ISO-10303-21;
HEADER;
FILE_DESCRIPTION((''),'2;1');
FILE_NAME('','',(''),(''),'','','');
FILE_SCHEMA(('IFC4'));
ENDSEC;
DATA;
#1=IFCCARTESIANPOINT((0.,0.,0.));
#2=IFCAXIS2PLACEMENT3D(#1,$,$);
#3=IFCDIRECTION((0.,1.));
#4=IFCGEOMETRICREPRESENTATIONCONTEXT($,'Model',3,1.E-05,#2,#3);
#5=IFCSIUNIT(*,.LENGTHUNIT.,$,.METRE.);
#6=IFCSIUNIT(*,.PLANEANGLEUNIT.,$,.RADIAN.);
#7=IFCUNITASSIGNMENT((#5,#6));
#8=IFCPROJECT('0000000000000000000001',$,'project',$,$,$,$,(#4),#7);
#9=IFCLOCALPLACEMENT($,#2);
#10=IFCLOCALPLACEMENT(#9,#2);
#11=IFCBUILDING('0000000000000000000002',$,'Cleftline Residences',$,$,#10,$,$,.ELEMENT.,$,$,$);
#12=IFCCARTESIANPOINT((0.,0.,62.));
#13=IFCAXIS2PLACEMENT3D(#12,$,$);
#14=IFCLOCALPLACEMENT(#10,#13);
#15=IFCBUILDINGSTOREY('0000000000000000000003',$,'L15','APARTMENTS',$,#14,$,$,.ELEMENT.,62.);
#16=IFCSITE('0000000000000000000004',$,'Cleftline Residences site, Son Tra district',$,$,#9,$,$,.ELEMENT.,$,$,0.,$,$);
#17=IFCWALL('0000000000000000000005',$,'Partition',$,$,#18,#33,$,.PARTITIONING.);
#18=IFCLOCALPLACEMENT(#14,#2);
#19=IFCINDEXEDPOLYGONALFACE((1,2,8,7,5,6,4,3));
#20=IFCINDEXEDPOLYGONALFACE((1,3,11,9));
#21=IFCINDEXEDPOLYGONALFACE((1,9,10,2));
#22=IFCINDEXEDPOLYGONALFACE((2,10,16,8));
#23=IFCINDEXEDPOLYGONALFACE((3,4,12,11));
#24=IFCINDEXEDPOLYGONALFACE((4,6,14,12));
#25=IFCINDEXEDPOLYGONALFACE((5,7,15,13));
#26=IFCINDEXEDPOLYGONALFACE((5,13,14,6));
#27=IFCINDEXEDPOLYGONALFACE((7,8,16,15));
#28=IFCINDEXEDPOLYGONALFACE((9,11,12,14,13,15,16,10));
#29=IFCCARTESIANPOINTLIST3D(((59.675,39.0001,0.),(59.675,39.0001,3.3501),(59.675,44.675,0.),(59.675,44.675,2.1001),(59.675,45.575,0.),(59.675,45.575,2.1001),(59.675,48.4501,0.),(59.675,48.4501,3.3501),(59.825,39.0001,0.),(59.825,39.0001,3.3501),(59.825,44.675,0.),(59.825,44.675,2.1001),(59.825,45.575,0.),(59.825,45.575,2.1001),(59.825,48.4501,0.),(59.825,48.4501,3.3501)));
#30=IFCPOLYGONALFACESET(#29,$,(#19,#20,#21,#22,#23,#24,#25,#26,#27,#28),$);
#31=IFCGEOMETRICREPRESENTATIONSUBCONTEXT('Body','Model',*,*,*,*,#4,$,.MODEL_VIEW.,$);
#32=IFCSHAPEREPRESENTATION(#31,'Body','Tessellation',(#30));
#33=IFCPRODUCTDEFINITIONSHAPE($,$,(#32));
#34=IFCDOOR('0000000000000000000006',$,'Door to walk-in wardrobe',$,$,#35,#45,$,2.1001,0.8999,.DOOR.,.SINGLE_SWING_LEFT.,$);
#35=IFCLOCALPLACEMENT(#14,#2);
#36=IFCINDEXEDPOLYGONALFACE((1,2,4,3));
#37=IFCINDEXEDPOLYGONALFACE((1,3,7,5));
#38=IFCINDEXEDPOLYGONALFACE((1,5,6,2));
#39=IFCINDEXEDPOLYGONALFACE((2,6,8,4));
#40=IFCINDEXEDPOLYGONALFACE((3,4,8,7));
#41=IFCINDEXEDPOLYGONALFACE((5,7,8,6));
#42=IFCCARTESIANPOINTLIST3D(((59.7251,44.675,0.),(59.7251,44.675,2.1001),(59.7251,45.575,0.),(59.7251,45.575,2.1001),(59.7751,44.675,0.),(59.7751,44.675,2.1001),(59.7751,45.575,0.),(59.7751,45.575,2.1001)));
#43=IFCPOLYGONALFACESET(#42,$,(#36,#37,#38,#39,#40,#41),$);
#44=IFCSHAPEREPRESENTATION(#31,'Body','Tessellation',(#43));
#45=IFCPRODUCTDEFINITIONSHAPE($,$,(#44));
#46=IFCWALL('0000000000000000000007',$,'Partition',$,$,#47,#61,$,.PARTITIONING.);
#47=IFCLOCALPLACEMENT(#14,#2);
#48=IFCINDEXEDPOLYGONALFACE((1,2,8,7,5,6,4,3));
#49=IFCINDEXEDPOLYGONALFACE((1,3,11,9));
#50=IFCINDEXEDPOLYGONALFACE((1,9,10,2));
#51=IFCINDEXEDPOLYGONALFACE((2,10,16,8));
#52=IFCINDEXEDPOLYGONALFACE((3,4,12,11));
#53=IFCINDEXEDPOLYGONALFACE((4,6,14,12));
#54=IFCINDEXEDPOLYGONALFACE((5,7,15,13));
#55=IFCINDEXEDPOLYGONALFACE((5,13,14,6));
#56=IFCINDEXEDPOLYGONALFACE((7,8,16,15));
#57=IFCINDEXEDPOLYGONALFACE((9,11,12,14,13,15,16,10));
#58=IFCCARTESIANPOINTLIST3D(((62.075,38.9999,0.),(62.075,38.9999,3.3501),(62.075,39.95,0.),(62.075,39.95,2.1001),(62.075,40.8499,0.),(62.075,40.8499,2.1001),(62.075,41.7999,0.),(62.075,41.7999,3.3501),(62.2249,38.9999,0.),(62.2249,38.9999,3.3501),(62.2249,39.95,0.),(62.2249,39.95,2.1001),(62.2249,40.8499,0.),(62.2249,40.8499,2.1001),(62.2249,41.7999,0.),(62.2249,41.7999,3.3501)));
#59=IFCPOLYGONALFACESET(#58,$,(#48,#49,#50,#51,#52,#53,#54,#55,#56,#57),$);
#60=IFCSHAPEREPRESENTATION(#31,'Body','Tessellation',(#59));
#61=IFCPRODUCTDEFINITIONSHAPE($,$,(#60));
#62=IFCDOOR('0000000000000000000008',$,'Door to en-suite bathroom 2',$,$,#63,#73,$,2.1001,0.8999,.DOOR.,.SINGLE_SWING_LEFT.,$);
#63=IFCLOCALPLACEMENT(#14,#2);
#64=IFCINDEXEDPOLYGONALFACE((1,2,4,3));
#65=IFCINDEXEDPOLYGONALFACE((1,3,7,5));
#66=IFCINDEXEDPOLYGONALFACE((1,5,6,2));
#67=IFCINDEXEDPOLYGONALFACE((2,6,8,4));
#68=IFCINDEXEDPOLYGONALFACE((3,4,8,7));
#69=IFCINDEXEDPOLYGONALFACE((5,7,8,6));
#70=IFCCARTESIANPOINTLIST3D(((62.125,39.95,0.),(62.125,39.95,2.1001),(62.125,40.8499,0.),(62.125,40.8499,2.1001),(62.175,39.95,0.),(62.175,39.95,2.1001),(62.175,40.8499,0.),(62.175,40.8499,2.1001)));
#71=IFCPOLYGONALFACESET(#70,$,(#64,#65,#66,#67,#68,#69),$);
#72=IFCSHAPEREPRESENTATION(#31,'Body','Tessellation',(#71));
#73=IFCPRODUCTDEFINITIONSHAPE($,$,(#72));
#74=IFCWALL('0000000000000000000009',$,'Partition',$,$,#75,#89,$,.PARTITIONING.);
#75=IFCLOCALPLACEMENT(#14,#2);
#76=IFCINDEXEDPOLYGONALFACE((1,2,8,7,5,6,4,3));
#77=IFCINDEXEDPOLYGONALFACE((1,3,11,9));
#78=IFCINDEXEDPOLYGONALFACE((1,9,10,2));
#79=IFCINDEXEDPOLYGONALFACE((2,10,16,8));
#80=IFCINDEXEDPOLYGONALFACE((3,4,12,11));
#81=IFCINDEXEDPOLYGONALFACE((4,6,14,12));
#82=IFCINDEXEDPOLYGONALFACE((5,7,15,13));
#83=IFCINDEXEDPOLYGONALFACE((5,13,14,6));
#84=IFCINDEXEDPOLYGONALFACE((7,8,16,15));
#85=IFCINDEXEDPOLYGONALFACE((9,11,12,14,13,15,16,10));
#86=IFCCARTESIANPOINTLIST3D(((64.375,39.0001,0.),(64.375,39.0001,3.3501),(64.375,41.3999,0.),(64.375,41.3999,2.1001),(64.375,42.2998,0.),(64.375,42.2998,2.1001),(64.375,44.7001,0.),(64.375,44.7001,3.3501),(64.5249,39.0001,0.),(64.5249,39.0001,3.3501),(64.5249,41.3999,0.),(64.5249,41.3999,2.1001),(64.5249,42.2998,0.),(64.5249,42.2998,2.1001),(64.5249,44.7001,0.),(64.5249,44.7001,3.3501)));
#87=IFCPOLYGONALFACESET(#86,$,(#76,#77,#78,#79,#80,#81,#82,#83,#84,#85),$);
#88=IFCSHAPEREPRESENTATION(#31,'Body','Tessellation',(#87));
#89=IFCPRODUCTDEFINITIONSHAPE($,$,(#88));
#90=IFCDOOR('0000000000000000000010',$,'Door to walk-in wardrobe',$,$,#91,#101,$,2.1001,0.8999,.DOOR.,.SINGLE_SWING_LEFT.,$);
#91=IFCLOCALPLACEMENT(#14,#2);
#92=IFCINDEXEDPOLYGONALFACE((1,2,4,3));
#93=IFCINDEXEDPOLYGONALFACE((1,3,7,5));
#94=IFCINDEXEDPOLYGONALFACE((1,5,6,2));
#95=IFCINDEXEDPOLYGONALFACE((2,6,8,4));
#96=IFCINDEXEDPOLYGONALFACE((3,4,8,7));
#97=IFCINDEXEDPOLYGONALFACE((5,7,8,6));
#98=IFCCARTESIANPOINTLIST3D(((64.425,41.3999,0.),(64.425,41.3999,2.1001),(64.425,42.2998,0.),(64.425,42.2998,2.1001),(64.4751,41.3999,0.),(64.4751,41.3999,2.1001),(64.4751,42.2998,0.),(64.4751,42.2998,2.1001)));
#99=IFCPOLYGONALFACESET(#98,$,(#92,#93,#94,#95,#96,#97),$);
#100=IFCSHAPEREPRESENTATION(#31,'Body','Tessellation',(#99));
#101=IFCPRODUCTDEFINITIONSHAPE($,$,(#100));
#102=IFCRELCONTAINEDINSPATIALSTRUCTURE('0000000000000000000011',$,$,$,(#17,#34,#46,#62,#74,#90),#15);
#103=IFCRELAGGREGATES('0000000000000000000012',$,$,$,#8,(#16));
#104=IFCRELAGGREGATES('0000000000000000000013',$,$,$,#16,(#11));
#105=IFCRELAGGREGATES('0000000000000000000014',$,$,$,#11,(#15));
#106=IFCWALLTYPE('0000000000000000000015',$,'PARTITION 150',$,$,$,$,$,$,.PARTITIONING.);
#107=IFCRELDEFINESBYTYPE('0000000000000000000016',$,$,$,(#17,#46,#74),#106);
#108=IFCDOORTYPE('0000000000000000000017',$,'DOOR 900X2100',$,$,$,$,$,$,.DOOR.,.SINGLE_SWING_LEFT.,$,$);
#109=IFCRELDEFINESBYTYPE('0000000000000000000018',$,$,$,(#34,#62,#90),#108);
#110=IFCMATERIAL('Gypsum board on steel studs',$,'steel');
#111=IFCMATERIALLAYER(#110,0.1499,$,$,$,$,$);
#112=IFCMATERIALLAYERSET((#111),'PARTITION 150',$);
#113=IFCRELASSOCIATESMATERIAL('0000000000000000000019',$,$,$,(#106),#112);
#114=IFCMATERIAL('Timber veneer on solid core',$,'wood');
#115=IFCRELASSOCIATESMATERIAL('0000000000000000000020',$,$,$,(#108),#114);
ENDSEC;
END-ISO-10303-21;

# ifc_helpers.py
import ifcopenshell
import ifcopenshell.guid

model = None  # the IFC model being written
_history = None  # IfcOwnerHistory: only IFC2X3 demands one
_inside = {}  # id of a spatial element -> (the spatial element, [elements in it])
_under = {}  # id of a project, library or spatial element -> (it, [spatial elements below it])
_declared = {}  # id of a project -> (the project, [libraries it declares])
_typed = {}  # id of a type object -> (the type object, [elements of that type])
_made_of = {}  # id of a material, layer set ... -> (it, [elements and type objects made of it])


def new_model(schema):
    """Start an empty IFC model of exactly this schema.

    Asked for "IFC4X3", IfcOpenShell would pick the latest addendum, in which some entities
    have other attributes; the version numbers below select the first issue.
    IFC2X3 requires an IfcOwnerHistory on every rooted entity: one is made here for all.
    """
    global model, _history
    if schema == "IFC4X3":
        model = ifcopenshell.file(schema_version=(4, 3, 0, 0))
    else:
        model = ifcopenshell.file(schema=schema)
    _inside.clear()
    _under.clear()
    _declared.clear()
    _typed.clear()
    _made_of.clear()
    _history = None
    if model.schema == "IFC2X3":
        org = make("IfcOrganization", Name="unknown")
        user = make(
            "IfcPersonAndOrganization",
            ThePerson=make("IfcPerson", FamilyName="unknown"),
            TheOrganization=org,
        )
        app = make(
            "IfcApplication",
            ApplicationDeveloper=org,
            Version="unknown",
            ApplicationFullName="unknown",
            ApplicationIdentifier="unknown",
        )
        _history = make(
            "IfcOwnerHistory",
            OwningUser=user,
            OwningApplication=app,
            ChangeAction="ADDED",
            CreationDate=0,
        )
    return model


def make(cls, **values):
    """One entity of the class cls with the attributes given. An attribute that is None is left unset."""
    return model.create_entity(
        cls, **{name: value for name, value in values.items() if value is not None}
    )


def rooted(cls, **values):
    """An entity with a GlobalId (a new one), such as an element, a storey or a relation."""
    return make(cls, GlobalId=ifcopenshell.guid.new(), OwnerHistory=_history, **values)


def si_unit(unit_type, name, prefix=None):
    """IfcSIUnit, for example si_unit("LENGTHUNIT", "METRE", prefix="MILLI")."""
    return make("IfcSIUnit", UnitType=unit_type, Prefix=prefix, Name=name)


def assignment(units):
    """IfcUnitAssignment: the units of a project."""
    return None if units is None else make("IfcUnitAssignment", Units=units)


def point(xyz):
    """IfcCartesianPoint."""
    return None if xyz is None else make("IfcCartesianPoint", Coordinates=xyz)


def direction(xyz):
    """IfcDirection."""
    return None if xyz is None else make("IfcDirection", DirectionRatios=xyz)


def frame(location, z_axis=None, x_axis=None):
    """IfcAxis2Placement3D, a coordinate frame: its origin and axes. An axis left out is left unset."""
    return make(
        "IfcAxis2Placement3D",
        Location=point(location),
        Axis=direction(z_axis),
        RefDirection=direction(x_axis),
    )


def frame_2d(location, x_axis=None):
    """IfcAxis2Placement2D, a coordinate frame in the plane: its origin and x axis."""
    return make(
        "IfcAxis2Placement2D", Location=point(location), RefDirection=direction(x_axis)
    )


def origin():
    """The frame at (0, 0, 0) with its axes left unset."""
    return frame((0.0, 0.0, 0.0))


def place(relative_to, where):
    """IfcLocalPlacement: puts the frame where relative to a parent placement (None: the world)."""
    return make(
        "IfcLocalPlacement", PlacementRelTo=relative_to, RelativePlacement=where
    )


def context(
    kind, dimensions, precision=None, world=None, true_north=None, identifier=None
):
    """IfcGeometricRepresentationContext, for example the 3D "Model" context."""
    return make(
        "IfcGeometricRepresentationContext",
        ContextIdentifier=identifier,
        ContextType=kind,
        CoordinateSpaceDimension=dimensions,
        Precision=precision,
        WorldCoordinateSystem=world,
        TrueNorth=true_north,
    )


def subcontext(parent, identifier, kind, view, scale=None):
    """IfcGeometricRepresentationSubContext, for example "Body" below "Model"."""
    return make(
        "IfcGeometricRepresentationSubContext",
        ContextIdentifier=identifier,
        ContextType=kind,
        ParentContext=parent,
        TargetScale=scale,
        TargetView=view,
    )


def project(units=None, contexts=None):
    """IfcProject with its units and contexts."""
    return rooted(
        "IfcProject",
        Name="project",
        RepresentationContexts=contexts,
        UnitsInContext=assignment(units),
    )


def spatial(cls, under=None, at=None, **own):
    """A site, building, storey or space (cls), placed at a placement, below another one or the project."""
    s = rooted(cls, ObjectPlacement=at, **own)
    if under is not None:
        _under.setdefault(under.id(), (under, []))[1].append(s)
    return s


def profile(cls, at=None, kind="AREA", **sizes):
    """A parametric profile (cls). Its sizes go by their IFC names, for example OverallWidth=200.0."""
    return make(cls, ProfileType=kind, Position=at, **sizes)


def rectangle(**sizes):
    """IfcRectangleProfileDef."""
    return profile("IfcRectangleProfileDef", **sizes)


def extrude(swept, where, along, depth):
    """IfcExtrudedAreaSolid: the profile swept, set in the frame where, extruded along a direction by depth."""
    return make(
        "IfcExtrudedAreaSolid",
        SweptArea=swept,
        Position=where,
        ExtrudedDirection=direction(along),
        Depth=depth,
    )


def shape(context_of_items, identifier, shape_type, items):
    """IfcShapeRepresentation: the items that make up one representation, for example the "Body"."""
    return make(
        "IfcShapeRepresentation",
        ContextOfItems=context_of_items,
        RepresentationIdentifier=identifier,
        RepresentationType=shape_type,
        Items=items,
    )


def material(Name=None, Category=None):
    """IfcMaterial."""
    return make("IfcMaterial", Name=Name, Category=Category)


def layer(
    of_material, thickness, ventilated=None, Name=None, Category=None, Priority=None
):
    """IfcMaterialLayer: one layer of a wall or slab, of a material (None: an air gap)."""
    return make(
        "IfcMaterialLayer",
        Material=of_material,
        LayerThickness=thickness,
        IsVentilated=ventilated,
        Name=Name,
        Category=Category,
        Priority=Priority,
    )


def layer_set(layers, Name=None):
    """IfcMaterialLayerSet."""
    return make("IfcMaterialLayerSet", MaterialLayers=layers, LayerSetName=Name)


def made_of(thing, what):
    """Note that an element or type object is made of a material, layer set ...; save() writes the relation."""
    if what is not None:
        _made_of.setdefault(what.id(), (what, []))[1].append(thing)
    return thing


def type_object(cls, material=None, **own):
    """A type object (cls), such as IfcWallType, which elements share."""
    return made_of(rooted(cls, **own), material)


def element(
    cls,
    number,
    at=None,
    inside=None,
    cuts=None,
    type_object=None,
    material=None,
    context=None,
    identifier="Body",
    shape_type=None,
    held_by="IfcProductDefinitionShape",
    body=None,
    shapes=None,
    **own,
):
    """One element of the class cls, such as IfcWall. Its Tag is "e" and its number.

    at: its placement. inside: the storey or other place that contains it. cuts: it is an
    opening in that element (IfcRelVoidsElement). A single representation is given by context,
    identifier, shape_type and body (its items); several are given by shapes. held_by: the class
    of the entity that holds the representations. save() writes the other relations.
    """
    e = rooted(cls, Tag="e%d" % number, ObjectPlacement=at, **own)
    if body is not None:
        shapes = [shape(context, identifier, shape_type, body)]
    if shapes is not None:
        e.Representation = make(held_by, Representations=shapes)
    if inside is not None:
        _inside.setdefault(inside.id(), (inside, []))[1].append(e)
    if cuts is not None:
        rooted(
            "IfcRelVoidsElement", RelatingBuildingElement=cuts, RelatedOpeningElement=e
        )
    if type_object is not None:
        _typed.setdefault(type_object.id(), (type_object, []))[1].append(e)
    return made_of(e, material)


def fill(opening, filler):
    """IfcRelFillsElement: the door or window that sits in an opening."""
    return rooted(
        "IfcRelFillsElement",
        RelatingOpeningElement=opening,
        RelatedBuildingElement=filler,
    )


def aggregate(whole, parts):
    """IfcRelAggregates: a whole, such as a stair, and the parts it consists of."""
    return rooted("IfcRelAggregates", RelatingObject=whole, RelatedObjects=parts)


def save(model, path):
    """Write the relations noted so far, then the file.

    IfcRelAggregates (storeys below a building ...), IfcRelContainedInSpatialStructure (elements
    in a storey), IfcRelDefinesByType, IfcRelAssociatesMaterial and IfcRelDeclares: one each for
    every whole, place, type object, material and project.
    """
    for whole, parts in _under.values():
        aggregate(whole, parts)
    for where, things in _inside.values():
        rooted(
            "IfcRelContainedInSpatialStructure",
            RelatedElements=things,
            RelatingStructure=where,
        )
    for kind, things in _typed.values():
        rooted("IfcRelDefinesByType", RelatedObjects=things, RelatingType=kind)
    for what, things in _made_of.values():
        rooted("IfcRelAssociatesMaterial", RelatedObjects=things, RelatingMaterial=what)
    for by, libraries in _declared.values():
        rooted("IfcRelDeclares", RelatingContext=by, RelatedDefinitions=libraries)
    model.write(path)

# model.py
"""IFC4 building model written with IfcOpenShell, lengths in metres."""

from ifc_helpers import new_model, si_unit, direction, frame, frame_2d, origin, place, context, subcontext, project, spatial, rectangle, extrude, material, layer, layer_set, type_object, element, fill, save


model = new_model("IFC4")

# Units and contexts
model_context = context("Model", 3, precision=1e-05, world=origin(), true_north=direction((0.0, 1.0)))
body_context = subcontext(model_context, "Body", "Model", "MODEL_VIEW")
ifc_project = project(units=[si_unit("LENGTHUNIT", "METRE"), si_unit("PLANEANGLEUNIT", "RADIAN")], contexts=[model_context])

# Site, building, storey
site_placement = place(None, origin())
site = spatial("IfcSite", under=ifc_project, at=site_placement, Name="Cleftline Residences site, Son Tra district", CompositionType="ELEMENT", RefElevation=0.0)
building_placement = place(site_placement, origin())
building = spatial("IfcBuilding", under=site, at=building_placement, Name="Cleftline Residences", CompositionType="ELEMENT")
storey_placement = place(building_placement, frame((0.0, 0.0, 62.0)))
storey = spatial("IfcBuildingStorey", under=building, at=storey_placement, Name="L15", Description="APARTMENTS", CompositionType="ELEMENT", Elevation=62.0)

# Walls, openings, doors
ifc_material_1 = material(Name="Gypsum board on steel studs", Category="steel")
ifc_layer = layer(ifc_material_1, 0.1499)
ifc_layer_set = layer_set([ifc_layer], Name="PARTITION 150")
wall_type = type_object("IfcWallType", Name="PARTITION 150", PredefinedType="PARTITIONING", material=ifc_layer_set)
ifc_material_2 = material(Name="Timber veneer on solid core", Category="wood")
door_type_1 = type_object("IfcDoorType", Name="DOOR 900X2100", OperationType="SINGLE_SWING_LEFT", PredefinedType="DOOR", material=ifc_material_2)
wall_1_placement = place(storey_placement, frame((59.75, 39.0, 0.0), z_axis=(0.0, 0.0, 1.0), x_axis=(0.0, 1.0, 0.0)))
wall_1 = element("IfcWall", 1, at=wall_1_placement, inside=storey, type_object=wall_type, Name="Partition", PredefinedType="PARTITIONING", context=body_context, shape_type="SweptSolid", body=[
    extrude(rectangle(XDim=9.45, YDim=0.1499, at=frame_2d((4.7251, 0.0))), origin(), (0.0, 0.0, 1.0), 3.3501),
])
opening_1_placement = place(wall_1_placement, frame((5.675, 0.0, 0.0)))
opening_1 = element("IfcOpeningElement", 2, at=opening_1_placement, cuts=wall_1, PredefinedType="OPENING", context=body_context, shape_type="SweptSolid", body=[
    extrude(rectangle(XDim=0.8999, YDim=2.1001, at=frame_2d((0.45, 1.05))), frame((0.0, 0.085, 0.0), z_axis=(0.0, -1.0, 0.0), x_axis=(1.0, 0.0, 0.0)), (0.0, 0.0, 1.0), 0.1699),
])
door_1_placement = place(opening_1_placement, origin())
door_1 = element("IfcDoor", 3, at=door_1_placement, inside=storey, type_object=door_type_1, Name="Door to walk-in wardrobe", OperationType="SINGLE_SWING_LEFT", OverallHeight=2.1001, OverallWidth=0.8999, PredefinedType="DOOR", context=body_context, shape_type="SweptSolid", body=[
    extrude(rectangle(XDim=0.8999, YDim=2.1001, at=frame_2d((0.45, 1.05))), frame((0.0, 0.0249, 0.0), z_axis=(0.0, -1.0, 0.0), x_axis=(1.0, 0.0, 0.0)), (0.0, 0.0, 1.0), 0.05),
])
fill(opening_1, door_1)
wall_2_placement = place(storey_placement, frame((62.1499, 39.0, 0.0), z_axis=(0.0, 0.0, 1.0), x_axis=(0.0, 1.0, 0.0)))
wall_2 = element("IfcWall", 4, at=wall_2_placement, inside=storey, type_object=wall_type, Name="Partition", PredefinedType="PARTITIONING", context=body_context, shape_type="SweptSolid", body=[
    extrude(rectangle(XDim=2.8, YDim=0.1499, at=frame_2d((1.3999, 0.0))), origin(), (0.0, 0.0, 1.0), 3.3501),
])
opening_2_placement = place(wall_2_placement, frame((0.95, 0.0, 0.0)))
opening_2 = element("IfcOpeningElement", 5, at=opening_2_placement, cuts=wall_2, PredefinedType="OPENING", context=body_context, shape_type="SweptSolid", body=[
    extrude(rectangle(XDim=0.8999, YDim=2.1001, at=frame_2d((0.45, 1.05))), frame((0.0, 0.085, 0.0), z_axis=(0.0, -1.0, 0.0), x_axis=(1.0, 0.0, 0.0)), (0.0, 0.0, 1.0), 0.1699),
])
door_2_placement = place(opening_2_placement, origin())
door_2 = element("IfcDoor", 6, at=door_2_placement, inside=storey, type_object=door_type_1, Name="Door to en-suite bathroom 2", OperationType="SINGLE_SWING_LEFT", OverallHeight=2.1001, OverallWidth=0.8999, PredefinedType="DOOR", context=body_context, shape_type="SweptSolid", body=[
    extrude(rectangle(XDim=0.8999, YDim=2.1001, at=frame_2d((0.45, 1.05))), frame((0.0, 0.0249, 0.0), z_axis=(0.0, -1.0, 0.0), x_axis=(1.0, 0.0, 0.0)), (0.0, 0.0, 1.0), 0.05),
])
fill(opening_2, door_2)
wall_3_placement = place(storey_placement, frame((64.45, 39.0, 0.0), z_axis=(0.0, 0.0, 1.0), x_axis=(0.0, 1.0, 0.0)))
wall_3 = element("IfcWall", 7, at=wall_3_placement, inside=storey, type_object=wall_type, Name="Partition", PredefinedType="PARTITIONING", context=body_context, shape_type="SweptSolid", body=[
    extrude(rectangle(XDim=5.7, YDim=0.1499, at=frame_2d((2.8501, 0.0))), origin(), (0.0, 0.0, 1.0), 3.3501),
])
opening_3_placement = place(wall_3_placement, frame((2.3999, 0.0, 0.0)))
opening_3 = element("IfcOpeningElement", 8, at=opening_3_placement, cuts=wall_3, PredefinedType="OPENING", context=body_context, shape_type="SweptSolid", body=[
    extrude(rectangle(XDim=0.8999, YDim=2.1001, at=frame_2d((0.45, 1.05))), frame((0.0, 0.085, 0.0), z_axis=(0.0, -1.0, 0.0), x_axis=(1.0, 0.0, 0.0)), (0.0, 0.0, 1.0), 0.1699),
])
door_3_placement = place(opening_3_placement, origin())
door_3 = element("IfcDoor", 9, at=door_3_placement, inside=storey, type_object=door_type_1, Name="Door to walk-in wardrobe", OperationType="SINGLE_SWING_LEFT", OverallHeight=2.1001, OverallWidth=0.8999, PredefinedType="DOOR", context=body_context, shape_type="SweptSolid", body=[
    extrude(rectangle(XDim=0.8999, YDim=2.1001, at=frame_2d((0.45, 1.05))), frame((0.0, 0.0249, 0.0), z_axis=(0.0, -1.0, 0.0), x_axis=(1.0, 0.0, 0.0)), (0.0, 0.0, 1.0), 0.05),
])
fill(opening_3, door_3)

save(model, "model.ifc")
